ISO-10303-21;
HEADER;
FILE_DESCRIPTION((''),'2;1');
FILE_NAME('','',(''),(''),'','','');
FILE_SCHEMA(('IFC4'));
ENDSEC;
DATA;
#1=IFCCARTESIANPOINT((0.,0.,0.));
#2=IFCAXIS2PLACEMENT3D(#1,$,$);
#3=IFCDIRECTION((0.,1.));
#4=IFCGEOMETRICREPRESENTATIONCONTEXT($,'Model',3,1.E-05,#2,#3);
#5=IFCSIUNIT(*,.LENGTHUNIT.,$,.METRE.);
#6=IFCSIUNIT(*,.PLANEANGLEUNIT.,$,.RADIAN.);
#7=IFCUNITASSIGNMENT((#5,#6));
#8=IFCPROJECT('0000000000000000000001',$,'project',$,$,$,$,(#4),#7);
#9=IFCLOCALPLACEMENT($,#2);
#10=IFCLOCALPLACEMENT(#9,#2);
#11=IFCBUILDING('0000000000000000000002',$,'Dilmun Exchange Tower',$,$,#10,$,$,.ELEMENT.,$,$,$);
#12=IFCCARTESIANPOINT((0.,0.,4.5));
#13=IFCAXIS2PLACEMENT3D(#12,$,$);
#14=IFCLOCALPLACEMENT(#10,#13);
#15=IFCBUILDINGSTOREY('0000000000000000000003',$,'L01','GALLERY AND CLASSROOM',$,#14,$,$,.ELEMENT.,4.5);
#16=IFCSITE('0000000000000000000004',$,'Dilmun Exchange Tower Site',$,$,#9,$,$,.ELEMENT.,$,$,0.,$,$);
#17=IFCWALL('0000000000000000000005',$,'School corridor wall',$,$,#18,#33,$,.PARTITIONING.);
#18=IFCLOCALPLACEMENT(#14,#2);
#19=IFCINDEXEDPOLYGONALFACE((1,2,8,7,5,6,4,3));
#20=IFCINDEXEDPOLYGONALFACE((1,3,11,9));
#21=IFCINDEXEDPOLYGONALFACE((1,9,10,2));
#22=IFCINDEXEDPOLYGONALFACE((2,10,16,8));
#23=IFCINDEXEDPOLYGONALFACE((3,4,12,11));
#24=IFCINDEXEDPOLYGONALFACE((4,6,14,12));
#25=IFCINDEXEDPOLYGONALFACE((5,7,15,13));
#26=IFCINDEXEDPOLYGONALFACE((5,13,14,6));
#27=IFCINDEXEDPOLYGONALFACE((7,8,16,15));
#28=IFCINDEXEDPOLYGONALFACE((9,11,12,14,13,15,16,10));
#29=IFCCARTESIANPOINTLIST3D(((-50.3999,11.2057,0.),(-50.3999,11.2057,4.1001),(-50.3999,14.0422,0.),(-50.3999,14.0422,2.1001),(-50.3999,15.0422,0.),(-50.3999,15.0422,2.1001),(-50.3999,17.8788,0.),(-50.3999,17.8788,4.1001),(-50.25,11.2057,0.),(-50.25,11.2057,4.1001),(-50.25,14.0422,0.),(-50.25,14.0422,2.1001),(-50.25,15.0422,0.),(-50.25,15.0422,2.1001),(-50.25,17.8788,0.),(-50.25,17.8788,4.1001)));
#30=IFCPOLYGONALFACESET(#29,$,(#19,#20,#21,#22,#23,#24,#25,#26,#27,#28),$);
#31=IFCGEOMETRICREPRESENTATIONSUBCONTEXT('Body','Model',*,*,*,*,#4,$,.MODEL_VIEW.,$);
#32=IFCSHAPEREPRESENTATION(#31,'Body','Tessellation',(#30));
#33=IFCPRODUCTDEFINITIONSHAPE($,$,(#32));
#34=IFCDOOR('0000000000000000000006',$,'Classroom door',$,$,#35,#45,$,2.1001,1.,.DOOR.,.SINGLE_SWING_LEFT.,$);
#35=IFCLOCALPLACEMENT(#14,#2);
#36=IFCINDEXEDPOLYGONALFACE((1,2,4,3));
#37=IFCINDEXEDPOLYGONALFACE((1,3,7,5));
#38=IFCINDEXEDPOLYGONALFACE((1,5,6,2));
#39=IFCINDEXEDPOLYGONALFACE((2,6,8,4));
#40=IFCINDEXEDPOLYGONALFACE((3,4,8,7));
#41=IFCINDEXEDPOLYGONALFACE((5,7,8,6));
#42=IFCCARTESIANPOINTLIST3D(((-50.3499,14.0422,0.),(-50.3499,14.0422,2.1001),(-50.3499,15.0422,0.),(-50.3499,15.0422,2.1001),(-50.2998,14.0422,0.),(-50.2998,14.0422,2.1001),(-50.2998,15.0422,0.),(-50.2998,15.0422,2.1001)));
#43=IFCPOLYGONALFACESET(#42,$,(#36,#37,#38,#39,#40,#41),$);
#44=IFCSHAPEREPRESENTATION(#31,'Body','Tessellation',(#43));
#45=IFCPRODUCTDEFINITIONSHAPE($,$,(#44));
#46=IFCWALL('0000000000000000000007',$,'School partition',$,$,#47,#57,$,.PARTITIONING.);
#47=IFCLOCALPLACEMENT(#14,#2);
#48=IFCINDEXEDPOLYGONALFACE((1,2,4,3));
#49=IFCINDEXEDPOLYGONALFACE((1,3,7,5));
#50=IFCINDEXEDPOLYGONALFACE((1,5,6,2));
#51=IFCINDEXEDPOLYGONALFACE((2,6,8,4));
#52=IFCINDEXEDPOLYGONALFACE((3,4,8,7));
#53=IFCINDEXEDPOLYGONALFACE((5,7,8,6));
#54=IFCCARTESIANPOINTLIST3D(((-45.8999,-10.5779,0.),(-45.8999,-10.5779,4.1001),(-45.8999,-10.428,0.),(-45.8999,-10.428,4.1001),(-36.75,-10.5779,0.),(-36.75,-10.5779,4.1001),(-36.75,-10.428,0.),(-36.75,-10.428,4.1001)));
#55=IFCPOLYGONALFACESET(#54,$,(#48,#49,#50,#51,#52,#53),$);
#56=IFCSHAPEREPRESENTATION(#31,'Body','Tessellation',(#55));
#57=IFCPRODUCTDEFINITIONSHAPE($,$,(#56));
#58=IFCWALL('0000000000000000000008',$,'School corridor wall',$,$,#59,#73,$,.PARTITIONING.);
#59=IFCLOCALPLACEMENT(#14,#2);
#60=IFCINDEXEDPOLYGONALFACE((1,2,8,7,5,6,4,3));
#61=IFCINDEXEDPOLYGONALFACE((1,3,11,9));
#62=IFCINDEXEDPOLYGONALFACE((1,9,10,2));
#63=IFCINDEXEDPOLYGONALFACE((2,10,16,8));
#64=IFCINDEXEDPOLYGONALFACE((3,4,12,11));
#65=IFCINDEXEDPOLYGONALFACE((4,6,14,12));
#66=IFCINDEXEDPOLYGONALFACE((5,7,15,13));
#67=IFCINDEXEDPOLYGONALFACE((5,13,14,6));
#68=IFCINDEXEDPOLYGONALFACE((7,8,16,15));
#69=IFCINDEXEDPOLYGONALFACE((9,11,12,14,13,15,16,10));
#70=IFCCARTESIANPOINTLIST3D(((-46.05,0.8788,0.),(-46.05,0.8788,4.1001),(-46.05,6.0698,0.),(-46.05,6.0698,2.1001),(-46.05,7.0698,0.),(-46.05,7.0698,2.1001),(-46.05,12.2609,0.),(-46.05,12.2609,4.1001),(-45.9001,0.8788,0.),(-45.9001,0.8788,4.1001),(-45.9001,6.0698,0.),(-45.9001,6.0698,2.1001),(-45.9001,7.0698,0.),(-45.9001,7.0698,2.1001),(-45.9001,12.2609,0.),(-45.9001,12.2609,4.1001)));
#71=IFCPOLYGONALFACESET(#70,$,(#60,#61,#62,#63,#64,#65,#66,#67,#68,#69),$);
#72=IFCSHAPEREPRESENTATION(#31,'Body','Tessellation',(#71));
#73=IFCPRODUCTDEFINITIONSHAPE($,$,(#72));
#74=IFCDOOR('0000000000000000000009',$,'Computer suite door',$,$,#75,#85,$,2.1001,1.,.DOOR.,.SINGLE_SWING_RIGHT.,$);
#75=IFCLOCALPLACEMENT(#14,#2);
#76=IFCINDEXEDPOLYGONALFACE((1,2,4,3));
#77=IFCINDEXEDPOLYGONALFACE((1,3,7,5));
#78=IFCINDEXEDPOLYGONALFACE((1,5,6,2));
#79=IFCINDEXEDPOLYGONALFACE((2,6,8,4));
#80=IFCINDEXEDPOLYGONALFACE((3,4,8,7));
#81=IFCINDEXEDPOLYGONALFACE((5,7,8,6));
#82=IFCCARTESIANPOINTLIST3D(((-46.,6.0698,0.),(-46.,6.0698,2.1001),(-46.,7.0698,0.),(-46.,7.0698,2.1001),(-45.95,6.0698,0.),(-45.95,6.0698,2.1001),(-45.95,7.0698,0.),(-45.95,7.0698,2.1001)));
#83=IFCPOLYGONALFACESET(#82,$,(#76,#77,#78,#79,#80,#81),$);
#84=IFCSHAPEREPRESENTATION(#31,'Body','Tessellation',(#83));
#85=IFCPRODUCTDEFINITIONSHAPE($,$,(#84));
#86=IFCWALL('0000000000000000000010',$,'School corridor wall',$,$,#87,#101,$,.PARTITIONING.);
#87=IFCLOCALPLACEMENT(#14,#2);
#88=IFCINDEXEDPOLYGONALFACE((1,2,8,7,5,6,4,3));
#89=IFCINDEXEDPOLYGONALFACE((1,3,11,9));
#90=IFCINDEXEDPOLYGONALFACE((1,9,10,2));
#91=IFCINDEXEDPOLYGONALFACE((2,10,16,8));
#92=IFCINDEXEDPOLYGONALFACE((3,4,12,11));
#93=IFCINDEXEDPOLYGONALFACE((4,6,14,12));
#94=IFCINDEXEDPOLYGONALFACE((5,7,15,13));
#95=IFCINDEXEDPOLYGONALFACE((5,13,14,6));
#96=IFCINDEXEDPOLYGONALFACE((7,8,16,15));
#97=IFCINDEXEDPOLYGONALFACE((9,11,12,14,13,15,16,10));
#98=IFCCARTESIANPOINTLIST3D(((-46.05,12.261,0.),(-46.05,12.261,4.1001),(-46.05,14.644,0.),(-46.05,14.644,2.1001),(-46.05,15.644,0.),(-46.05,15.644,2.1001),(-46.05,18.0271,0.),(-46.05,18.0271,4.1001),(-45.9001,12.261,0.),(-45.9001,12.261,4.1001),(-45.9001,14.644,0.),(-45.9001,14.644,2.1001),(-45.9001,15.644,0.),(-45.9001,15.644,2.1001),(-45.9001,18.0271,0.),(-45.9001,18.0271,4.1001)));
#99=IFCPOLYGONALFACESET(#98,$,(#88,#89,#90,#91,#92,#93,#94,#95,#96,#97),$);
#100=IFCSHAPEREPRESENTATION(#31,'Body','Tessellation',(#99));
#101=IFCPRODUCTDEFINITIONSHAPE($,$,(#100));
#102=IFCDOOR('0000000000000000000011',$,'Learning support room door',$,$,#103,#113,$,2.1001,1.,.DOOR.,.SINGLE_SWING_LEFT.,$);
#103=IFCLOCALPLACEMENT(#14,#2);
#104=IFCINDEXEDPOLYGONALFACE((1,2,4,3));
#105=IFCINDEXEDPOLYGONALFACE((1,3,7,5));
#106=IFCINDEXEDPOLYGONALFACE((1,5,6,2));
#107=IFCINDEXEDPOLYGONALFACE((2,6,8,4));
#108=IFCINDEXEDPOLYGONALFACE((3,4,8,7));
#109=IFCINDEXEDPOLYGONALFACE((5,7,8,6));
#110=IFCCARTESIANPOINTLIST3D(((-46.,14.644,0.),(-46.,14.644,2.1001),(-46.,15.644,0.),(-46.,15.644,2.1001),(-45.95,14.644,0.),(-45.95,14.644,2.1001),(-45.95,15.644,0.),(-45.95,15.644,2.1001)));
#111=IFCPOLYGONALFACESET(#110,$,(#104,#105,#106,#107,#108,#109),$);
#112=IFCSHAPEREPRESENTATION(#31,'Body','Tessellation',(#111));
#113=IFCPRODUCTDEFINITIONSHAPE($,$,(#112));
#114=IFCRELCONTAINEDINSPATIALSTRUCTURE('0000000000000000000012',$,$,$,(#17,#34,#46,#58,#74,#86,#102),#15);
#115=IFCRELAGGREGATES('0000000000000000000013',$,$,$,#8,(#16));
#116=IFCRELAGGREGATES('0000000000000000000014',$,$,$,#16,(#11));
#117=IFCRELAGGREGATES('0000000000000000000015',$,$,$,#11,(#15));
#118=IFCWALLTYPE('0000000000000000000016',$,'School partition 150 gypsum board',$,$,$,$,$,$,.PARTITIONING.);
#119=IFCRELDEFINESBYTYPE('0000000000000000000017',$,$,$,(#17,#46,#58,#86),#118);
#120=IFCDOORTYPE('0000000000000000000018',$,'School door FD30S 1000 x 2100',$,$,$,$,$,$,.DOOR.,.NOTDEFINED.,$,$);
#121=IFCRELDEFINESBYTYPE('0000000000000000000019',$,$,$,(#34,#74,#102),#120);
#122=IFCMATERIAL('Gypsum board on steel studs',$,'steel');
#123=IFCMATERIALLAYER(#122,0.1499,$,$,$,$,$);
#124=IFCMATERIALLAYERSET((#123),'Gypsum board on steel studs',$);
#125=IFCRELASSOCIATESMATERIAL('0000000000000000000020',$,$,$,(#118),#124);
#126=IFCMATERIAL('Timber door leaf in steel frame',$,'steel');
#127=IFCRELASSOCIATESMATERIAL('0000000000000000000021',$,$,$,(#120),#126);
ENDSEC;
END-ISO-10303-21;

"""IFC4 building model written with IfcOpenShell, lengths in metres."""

from ifc_helpers import new_model, si_unit, direction, frame, frame_2d, origin, place, context, subcontext, project, spatial, rectangle, extrude, material, layer, layer_set, type_object, element, fill, save


model = new_model("IFC4")

# Units and contexts
model_context = context("Model", 3, precision=1e-05, world=origin(), true_north=direction((0.0, 1.0)))
body_context = subcontext(model_context, "Body", "Model", "MODEL_VIEW")
ifc_project = project(units=[si_unit("LENGTHUNIT", "METRE"), si_unit("PLANEANGLEUNIT", "RADIAN")], contexts=[model_context])

# Site, building, storey
site_placement = place(None, origin())
site = spatial("IfcSite", under=ifc_project, at=site_placement, Name="Dilmun Exchange Tower Site", CompositionType="ELEMENT", RefElevation=0.0)
building_placement = place(site_placement, origin())
building = spatial("IfcBuilding", under=site, at=building_placement, Name="Dilmun Exchange Tower", CompositionType="ELEMENT")
storey_placement = place(building_placement, frame((0.0, 0.0, 4.5)))
storey = spatial("IfcBuildingStorey", under=building, at=storey_placement, Name="L01", Description="GALLERY AND CLASSROOM", CompositionType="ELEMENT", Elevation=4.5)

# Shared definitions
ifc_material_1 = material(Name="Gypsum board on steel studs", Category="steel")
ifc_layer_1 = layer(ifc_material_1, 0.1499)
ifc_layer_set_1 = layer_set([ifc_layer_1], Name="Gypsum board on steel studs")
wall_type_1 = type_object("IfcWallType", Name="School partition 150 gypsum board", PredefinedType="PARTITIONING", material=ifc_layer_set_1)

# Wall, opening, door
ifc_material_2 = material(Name="Timber door leaf in steel frame", Category="steel")
door_type = type_object("IfcDoorType", Name="School door FD30S 1000 x 2100", OperationType="NOTDEFINED", PredefinedType="DOOR", material=ifc_material_2)
wall_1_placement = place(storey_placement, frame((-50.325, 11.2058, 0.0), z_axis=(0.0, 0.0, 1.0), x_axis=(0.0, 1.0, 0.0)))
wall_1 = element("IfcWall", 1, at=wall_1_placement, inside=storey, type_object=wall_type_1, Name="School corridor wall", PredefinedType="PARTITIONING", context=body_context, shape_type="SweptSolid", body=[
    extrude(rectangle(XDim=6.6731, YDim=0.1499, at=frame_2d((3.3364, 0.0))), origin(), (0.0, 0.0, 1.0), 4.1001),
])
opening_1_placement = place(wall_1_placement, frame((2.8364, 0.0, 0.0)))
opening_1 = element("IfcOpeningElement", 2, at=opening_1_placement, cuts=wall_1, PredefinedType="OPENING", context=body_context, shape_type="SweptSolid", body=[
    extrude(rectangle(XDim=1.0, YDim=2.1001, at=frame_2d((0.5, 1.05))), frame((0.0, 0.085, 0.0), z_axis=(0.0, -1.0, 0.0), x_axis=(1.0, 0.0, 0.0)), (0.0, 0.0, 1.0), 0.1699),
])
door_1_placement = place(opening_1_placement, origin())
door_1 = element("IfcDoor", 3, at=door_1_placement, inside=storey, type_object=door_type, Name="Classroom door", OperationType="SINGLE_SWING_LEFT", OverallHeight=2.1001, OverallWidth=1.0, PredefinedType="DOOR", context=body_context, shape_type="SweptSolid", body=[
    extrude(rectangle(XDim=1.0, YDim=2.1001, at=frame_2d((0.5, 1.05))), frame((0.0, 0.0249, 0.0), z_axis=(0.0, -1.0, 0.0), x_axis=(1.0, 0.0, 0.0)), (0.0, 0.0, 1.0), 0.05),
])
fill(opening_1, door_1)

# Wall
wall_2_placement = place(storey_placement, frame((-45.8999, -10.5029, 0.0), z_axis=(0.0, 0.0, 1.0), x_axis=(1.0, 0.0, 0.0)))
element("IfcWall", 4, at=wall_2_placement, inside=storey, type_object=wall_type_1, Name="School partition", PredefinedType="PARTITIONING", context=body_context, shape_type="SweptSolid", body=[
    extrude(rectangle(XDim=9.1499, YDim=0.1499, at=frame_2d((4.575, 0.0))), origin(), (0.0, 0.0, 1.0), 4.1001),
])

# Walls, openings, doors
wall_3_placement = place(storey_placement, frame((-45.9751, 0.8789, 0.0), z_axis=(0.0, 0.0, 1.0), x_axis=(0.0, 1.0, 0.0)))
wall_3 = element("IfcWall", 5, at=wall_3_placement, inside=storey, type_object=wall_type_1, Name="School corridor wall", PredefinedType="PARTITIONING", context=body_context, shape_type="SweptSolid", body=[
    extrude(rectangle(XDim=11.3821, YDim=0.1499, at=frame_2d((5.6909, 0.0))), origin(), (0.0, 0.0, 1.0), 4.1001),
])
opening_2_placement = place(wall_3_placement, frame((5.1909, 0.0, 0.0)))
opening_2 = element("IfcOpeningElement", 6, at=opening_2_placement, cuts=wall_3, PredefinedType="OPENING", context=body_context, shape_type="SweptSolid", body=[
    extrude(rectangle(XDim=1.0, YDim=2.1001, at=frame_2d((0.5, 1.05))), frame((0.0, 0.085, 0.0), z_axis=(0.0, -1.0, 0.0), x_axis=(1.0, 0.0, 0.0)), (0.0, 0.0, 1.0), 0.1699),
])
door_2_placement = place(opening_2_placement, origin())
door_2 = element("IfcDoor", 7, at=door_2_placement, inside=storey, type_object=door_type, Name="Computer suite door", OperationType="SINGLE_SWING_RIGHT", OverallHeight=2.1001, OverallWidth=1.0, PredefinedType="DOOR", context=body_context, shape_type="SweptSolid", body=[
    extrude(rectangle(XDim=1.0, YDim=2.1001, at=frame_2d((0.5, 1.05))), frame((0.0, 0.0249, 0.0), z_axis=(0.0, -1.0, 0.0), x_axis=(1.0, 0.0, 0.0)), (0.0, 0.0, 1.0), 0.05),
])
fill(opening_2, door_2)
wall_4_placement = place(storey_placement, frame((-45.9751, 12.261, 0.0), z_axis=(0.0, 0.0, 1.0), x_axis=(0.0, 1.0, 0.0)))
wall_4 = element("IfcWall", 8, at=wall_4_placement, inside=storey, type_object=wall_type_1, Name="School corridor wall", PredefinedType="PARTITIONING", context=body_context, shape_type="SweptSolid", body=[
    extrude(rectangle(XDim=5.7661, YDim=0.1499, at=frame_2d((2.8831, 0.0))), origin(), (0.0, 0.0, 1.0), 4.1001),
])
opening_3_placement = place(wall_4_placement, frame((2.3831, 0.0, 0.0)))
opening_3 = element("IfcOpeningElement", 9, at=opening_3_placement, cuts=wall_4, PredefinedType="OPENING", context=body_context, shape_type="SweptSolid", body=[
    extrude(rectangle(XDim=1.0, YDim=2.1001, at=frame_2d((0.5, 1.05))), frame((0.0, 0.085, 0.0), z_axis=(0.0, -1.0, 0.0), x_axis=(1.0, 0.0, 0.0)), (0.0, 0.0, 1.0), 0.1699),
])
door_3_placement = place(opening_3_placement, origin())
door_3 = element("IfcDoor", 10, at=door_3_placement, inside=storey, type_object=door_type, Name="Learning support room door", OperationType="SINGLE_SWING_LEFT", OverallHeight=2.1001, OverallWidth=1.0, PredefinedType="DOOR", context=body_context, shape_type="SweptSolid", body=[
    extrude(rectangle(XDim=1.0, YDim=2.1001, at=frame_2d((0.5, 1.05))), frame((0.0, 0.0249, 0.0), z_axis=(0.0, -1.0, 0.0), x_axis=(1.0, 0.0, 0.0)), (0.0, 0.0, 1.0), 0.05),
])
fill(opening_3, door_3)

save(model, "model.ifc")
